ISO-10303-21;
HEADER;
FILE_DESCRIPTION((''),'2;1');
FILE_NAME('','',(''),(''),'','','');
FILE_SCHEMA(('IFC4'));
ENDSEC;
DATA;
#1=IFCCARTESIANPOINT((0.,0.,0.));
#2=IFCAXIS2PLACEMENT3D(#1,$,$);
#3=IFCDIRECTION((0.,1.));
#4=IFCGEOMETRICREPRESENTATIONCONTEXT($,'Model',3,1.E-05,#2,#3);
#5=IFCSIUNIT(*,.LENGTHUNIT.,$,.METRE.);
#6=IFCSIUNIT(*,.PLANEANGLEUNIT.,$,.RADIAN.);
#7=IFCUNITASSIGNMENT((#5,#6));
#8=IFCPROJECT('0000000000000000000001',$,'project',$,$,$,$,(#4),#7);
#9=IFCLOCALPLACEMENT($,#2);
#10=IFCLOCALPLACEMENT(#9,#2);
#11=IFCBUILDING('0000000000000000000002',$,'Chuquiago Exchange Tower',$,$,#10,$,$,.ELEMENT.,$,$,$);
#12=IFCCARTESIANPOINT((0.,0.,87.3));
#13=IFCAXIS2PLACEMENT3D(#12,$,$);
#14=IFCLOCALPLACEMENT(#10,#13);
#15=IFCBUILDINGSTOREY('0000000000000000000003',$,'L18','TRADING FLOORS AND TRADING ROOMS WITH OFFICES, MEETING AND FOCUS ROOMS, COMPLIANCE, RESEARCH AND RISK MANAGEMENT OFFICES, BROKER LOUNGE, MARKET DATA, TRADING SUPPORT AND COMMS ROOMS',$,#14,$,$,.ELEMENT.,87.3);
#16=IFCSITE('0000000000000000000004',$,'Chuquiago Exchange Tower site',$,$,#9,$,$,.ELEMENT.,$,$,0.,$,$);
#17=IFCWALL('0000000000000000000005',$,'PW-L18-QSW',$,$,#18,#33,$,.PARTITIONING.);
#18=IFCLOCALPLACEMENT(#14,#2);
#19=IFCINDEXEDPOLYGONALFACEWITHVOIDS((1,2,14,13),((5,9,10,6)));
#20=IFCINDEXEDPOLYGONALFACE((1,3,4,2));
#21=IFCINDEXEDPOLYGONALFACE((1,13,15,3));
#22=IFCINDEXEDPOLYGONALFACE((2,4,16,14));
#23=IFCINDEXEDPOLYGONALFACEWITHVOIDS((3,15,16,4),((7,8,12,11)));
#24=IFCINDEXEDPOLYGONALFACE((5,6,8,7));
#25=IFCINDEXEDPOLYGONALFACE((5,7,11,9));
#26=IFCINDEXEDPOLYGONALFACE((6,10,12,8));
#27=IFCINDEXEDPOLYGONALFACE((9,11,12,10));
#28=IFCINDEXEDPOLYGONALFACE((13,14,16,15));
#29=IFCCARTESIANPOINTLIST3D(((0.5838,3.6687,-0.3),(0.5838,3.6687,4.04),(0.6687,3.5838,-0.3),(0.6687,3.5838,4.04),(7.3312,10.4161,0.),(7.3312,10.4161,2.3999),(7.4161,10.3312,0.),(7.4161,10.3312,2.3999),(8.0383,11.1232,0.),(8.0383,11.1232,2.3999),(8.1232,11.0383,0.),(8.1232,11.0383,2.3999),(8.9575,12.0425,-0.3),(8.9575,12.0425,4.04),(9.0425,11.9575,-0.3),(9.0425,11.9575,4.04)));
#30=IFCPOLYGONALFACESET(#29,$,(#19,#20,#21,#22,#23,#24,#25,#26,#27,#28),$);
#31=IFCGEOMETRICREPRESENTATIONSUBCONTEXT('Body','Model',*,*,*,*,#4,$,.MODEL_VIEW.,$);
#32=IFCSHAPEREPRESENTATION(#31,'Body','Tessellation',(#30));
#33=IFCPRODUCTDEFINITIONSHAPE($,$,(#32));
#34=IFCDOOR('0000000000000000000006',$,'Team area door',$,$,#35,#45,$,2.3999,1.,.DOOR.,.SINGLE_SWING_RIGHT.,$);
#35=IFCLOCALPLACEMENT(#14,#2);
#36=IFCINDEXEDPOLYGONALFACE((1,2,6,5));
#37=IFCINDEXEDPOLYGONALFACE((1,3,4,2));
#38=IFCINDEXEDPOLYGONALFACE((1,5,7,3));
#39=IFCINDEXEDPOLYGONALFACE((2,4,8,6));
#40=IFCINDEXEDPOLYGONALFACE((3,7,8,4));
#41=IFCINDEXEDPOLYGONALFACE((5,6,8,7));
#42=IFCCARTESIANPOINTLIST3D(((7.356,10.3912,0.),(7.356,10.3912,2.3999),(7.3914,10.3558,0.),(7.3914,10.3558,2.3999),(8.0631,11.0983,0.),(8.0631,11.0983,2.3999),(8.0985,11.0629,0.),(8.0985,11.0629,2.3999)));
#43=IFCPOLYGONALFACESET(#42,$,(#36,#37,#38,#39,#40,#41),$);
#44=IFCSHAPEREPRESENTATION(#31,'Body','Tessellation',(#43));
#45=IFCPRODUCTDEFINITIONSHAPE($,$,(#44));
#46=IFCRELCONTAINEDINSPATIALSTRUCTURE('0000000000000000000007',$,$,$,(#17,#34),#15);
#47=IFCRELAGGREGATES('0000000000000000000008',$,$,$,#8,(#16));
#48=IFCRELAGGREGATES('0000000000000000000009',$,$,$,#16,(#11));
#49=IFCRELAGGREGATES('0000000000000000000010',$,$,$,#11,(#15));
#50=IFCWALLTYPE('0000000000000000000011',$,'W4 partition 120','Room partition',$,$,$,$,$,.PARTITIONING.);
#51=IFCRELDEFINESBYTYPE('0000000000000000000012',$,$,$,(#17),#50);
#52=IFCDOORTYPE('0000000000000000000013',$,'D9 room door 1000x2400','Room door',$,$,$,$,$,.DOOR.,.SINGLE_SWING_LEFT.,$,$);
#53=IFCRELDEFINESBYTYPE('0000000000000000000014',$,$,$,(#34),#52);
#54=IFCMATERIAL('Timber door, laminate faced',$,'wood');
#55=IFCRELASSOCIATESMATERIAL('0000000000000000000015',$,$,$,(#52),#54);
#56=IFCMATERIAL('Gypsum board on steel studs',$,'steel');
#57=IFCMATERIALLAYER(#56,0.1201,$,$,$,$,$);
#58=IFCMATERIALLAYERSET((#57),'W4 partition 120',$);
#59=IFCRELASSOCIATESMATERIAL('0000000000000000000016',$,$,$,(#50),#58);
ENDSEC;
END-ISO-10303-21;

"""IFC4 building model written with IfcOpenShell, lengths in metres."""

from ifc_helpers import new_model, si_unit, direction, frame, frame_2d, origin, place, context, subcontext, project, spatial, rectangle, extrude, material, layer, layer_set, type_object, element, fill, save


model = new_model("IFC4")

# Units and contexts
model_context = context("Model", 3, precision=1e-05, world=origin(), true_north=direction((0.0, 1.0)))
body_context = subcontext(model_context, "Body", "Model", "MODEL_VIEW")
ifc_project = project(units=[si_unit("LENGTHUNIT", "METRE"), si_unit("PLANEANGLEUNIT", "RADIAN")], contexts=[model_context])

# Site, building, storey
site_placement = place(None, origin())
site = spatial("IfcSite", under=ifc_project, at=site_placement, Name="Chuquiago Exchange Tower site", CompositionType="ELEMENT", RefElevation=0.0)
building_placement = place(site_placement, origin())
building = spatial("IfcBuilding", under=site, at=building_placement, Name="Chuquiago Exchange Tower", CompositionType="ELEMENT")
storey_placement = place(building_placement, frame((0.0, 0.0, 87.3)))
storey = spatial("IfcBuildingStorey", under=building, at=storey_placement, Name="L18", Description="TRADING FLOORS AND TRADING ROOMS WITH OFFICES, MEETING AND FOCUS ROOMS, COMPLIANCE, RESEARCH AND RISK MANAGEMENT OFFICES, BROKER LOUNGE, MARKET DATA, TRADING SUPPORT AND COMMS ROOMS", CompositionType="ELEMENT", Elevation=87.3)

# Shared definitions
ifc_material_1 = material(Name="Timber door, laminate faced", Category="wood")
door_type_1 = type_object("IfcDoorType", Name="D9 room door 1000x2400", Description="Room door", OperationType="SINGLE_SWING_LEFT", PredefinedType="DOOR", material=ifc_material_1)

# Shared definitions
ifc_material_2 = material(Name="Gypsum board on steel studs", Category="steel")
ifc_layer_1 = layer(ifc_material_2, 0.1201)
ifc_layer_set_1 = layer_set([ifc_layer_1], Name="W4 partition 120")
wall_type_1 = type_object("IfcWallType", Name="W4 partition 120", Description="Room partition", PredefinedType="PARTITIONING", material=ifc_layer_set_1)

# Wall, opening, door
wall_1_placement = place(storey_placement, frame((9.0, 12.0, -0.3), z_axis=(0.0, 0.0, 1.0), x_axis=(-0.707107, -0.707107, 0.0)))
wall_1 = element("IfcWall", 1, at=wall_1_placement, inside=storey, type_object=wall_type_1, Name="PW-L18-QSW", PredefinedType="PARTITIONING", context=body_context, shape_type="SweptSolid", body=[
    extrude(rectangle(XDim=11.8423, YDim=0.1201, at=frame_2d((5.9211, 0.0))), origin(), (0.0, 0.0, 1.0), 4.3401),
])
opening_1_placement = place(wall_1_placement, frame((1.3, 0.0, 0.3)))
opening_1 = element("IfcOpeningElement", 2, at=opening_1_placement, cuts=wall_1, PredefinedType="OPENING", context=body_context, shape_type="SweptSolid", body=[
    extrude(rectangle(XDim=1.0, YDim=2.3999, at=frame_2d((0.5, 1.2))), frame((0.0, 0.0701, 0.0), z_axis=(0.0, -1.0, 0.0), x_axis=(1.0, 0.0, 0.0)), (0.0, 0.0, 1.0), 0.1401),
])
door_1_placement = place(opening_1_placement, frame((1.0, 0.0, 0.0), z_axis=(0.0, 0.0, 1.0), x_axis=(-1.0, 0.0, 0.0)))
door_1 = element("IfcDoor", 3, at=door_1_placement, inside=storey, type_object=door_type_1, Name="Team area door", OperationType="SINGLE_SWING_RIGHT", OverallHeight=2.3999, OverallWidth=1.0, PredefinedType="DOOR", context=body_context, shape_type="SweptSolid", body=[
    extrude(rectangle(XDim=1.0, YDim=2.3999, at=frame_2d((0.5, 1.2))), frame((0.0, 0.0249, 0.0), z_axis=(0.0, -1.0, 0.0), x_axis=(1.0, 0.0, 0.0)), (0.0, 0.0, 1.0), 0.05),
])
fill(opening_1, door_1)

save(model, "model.ifc")
